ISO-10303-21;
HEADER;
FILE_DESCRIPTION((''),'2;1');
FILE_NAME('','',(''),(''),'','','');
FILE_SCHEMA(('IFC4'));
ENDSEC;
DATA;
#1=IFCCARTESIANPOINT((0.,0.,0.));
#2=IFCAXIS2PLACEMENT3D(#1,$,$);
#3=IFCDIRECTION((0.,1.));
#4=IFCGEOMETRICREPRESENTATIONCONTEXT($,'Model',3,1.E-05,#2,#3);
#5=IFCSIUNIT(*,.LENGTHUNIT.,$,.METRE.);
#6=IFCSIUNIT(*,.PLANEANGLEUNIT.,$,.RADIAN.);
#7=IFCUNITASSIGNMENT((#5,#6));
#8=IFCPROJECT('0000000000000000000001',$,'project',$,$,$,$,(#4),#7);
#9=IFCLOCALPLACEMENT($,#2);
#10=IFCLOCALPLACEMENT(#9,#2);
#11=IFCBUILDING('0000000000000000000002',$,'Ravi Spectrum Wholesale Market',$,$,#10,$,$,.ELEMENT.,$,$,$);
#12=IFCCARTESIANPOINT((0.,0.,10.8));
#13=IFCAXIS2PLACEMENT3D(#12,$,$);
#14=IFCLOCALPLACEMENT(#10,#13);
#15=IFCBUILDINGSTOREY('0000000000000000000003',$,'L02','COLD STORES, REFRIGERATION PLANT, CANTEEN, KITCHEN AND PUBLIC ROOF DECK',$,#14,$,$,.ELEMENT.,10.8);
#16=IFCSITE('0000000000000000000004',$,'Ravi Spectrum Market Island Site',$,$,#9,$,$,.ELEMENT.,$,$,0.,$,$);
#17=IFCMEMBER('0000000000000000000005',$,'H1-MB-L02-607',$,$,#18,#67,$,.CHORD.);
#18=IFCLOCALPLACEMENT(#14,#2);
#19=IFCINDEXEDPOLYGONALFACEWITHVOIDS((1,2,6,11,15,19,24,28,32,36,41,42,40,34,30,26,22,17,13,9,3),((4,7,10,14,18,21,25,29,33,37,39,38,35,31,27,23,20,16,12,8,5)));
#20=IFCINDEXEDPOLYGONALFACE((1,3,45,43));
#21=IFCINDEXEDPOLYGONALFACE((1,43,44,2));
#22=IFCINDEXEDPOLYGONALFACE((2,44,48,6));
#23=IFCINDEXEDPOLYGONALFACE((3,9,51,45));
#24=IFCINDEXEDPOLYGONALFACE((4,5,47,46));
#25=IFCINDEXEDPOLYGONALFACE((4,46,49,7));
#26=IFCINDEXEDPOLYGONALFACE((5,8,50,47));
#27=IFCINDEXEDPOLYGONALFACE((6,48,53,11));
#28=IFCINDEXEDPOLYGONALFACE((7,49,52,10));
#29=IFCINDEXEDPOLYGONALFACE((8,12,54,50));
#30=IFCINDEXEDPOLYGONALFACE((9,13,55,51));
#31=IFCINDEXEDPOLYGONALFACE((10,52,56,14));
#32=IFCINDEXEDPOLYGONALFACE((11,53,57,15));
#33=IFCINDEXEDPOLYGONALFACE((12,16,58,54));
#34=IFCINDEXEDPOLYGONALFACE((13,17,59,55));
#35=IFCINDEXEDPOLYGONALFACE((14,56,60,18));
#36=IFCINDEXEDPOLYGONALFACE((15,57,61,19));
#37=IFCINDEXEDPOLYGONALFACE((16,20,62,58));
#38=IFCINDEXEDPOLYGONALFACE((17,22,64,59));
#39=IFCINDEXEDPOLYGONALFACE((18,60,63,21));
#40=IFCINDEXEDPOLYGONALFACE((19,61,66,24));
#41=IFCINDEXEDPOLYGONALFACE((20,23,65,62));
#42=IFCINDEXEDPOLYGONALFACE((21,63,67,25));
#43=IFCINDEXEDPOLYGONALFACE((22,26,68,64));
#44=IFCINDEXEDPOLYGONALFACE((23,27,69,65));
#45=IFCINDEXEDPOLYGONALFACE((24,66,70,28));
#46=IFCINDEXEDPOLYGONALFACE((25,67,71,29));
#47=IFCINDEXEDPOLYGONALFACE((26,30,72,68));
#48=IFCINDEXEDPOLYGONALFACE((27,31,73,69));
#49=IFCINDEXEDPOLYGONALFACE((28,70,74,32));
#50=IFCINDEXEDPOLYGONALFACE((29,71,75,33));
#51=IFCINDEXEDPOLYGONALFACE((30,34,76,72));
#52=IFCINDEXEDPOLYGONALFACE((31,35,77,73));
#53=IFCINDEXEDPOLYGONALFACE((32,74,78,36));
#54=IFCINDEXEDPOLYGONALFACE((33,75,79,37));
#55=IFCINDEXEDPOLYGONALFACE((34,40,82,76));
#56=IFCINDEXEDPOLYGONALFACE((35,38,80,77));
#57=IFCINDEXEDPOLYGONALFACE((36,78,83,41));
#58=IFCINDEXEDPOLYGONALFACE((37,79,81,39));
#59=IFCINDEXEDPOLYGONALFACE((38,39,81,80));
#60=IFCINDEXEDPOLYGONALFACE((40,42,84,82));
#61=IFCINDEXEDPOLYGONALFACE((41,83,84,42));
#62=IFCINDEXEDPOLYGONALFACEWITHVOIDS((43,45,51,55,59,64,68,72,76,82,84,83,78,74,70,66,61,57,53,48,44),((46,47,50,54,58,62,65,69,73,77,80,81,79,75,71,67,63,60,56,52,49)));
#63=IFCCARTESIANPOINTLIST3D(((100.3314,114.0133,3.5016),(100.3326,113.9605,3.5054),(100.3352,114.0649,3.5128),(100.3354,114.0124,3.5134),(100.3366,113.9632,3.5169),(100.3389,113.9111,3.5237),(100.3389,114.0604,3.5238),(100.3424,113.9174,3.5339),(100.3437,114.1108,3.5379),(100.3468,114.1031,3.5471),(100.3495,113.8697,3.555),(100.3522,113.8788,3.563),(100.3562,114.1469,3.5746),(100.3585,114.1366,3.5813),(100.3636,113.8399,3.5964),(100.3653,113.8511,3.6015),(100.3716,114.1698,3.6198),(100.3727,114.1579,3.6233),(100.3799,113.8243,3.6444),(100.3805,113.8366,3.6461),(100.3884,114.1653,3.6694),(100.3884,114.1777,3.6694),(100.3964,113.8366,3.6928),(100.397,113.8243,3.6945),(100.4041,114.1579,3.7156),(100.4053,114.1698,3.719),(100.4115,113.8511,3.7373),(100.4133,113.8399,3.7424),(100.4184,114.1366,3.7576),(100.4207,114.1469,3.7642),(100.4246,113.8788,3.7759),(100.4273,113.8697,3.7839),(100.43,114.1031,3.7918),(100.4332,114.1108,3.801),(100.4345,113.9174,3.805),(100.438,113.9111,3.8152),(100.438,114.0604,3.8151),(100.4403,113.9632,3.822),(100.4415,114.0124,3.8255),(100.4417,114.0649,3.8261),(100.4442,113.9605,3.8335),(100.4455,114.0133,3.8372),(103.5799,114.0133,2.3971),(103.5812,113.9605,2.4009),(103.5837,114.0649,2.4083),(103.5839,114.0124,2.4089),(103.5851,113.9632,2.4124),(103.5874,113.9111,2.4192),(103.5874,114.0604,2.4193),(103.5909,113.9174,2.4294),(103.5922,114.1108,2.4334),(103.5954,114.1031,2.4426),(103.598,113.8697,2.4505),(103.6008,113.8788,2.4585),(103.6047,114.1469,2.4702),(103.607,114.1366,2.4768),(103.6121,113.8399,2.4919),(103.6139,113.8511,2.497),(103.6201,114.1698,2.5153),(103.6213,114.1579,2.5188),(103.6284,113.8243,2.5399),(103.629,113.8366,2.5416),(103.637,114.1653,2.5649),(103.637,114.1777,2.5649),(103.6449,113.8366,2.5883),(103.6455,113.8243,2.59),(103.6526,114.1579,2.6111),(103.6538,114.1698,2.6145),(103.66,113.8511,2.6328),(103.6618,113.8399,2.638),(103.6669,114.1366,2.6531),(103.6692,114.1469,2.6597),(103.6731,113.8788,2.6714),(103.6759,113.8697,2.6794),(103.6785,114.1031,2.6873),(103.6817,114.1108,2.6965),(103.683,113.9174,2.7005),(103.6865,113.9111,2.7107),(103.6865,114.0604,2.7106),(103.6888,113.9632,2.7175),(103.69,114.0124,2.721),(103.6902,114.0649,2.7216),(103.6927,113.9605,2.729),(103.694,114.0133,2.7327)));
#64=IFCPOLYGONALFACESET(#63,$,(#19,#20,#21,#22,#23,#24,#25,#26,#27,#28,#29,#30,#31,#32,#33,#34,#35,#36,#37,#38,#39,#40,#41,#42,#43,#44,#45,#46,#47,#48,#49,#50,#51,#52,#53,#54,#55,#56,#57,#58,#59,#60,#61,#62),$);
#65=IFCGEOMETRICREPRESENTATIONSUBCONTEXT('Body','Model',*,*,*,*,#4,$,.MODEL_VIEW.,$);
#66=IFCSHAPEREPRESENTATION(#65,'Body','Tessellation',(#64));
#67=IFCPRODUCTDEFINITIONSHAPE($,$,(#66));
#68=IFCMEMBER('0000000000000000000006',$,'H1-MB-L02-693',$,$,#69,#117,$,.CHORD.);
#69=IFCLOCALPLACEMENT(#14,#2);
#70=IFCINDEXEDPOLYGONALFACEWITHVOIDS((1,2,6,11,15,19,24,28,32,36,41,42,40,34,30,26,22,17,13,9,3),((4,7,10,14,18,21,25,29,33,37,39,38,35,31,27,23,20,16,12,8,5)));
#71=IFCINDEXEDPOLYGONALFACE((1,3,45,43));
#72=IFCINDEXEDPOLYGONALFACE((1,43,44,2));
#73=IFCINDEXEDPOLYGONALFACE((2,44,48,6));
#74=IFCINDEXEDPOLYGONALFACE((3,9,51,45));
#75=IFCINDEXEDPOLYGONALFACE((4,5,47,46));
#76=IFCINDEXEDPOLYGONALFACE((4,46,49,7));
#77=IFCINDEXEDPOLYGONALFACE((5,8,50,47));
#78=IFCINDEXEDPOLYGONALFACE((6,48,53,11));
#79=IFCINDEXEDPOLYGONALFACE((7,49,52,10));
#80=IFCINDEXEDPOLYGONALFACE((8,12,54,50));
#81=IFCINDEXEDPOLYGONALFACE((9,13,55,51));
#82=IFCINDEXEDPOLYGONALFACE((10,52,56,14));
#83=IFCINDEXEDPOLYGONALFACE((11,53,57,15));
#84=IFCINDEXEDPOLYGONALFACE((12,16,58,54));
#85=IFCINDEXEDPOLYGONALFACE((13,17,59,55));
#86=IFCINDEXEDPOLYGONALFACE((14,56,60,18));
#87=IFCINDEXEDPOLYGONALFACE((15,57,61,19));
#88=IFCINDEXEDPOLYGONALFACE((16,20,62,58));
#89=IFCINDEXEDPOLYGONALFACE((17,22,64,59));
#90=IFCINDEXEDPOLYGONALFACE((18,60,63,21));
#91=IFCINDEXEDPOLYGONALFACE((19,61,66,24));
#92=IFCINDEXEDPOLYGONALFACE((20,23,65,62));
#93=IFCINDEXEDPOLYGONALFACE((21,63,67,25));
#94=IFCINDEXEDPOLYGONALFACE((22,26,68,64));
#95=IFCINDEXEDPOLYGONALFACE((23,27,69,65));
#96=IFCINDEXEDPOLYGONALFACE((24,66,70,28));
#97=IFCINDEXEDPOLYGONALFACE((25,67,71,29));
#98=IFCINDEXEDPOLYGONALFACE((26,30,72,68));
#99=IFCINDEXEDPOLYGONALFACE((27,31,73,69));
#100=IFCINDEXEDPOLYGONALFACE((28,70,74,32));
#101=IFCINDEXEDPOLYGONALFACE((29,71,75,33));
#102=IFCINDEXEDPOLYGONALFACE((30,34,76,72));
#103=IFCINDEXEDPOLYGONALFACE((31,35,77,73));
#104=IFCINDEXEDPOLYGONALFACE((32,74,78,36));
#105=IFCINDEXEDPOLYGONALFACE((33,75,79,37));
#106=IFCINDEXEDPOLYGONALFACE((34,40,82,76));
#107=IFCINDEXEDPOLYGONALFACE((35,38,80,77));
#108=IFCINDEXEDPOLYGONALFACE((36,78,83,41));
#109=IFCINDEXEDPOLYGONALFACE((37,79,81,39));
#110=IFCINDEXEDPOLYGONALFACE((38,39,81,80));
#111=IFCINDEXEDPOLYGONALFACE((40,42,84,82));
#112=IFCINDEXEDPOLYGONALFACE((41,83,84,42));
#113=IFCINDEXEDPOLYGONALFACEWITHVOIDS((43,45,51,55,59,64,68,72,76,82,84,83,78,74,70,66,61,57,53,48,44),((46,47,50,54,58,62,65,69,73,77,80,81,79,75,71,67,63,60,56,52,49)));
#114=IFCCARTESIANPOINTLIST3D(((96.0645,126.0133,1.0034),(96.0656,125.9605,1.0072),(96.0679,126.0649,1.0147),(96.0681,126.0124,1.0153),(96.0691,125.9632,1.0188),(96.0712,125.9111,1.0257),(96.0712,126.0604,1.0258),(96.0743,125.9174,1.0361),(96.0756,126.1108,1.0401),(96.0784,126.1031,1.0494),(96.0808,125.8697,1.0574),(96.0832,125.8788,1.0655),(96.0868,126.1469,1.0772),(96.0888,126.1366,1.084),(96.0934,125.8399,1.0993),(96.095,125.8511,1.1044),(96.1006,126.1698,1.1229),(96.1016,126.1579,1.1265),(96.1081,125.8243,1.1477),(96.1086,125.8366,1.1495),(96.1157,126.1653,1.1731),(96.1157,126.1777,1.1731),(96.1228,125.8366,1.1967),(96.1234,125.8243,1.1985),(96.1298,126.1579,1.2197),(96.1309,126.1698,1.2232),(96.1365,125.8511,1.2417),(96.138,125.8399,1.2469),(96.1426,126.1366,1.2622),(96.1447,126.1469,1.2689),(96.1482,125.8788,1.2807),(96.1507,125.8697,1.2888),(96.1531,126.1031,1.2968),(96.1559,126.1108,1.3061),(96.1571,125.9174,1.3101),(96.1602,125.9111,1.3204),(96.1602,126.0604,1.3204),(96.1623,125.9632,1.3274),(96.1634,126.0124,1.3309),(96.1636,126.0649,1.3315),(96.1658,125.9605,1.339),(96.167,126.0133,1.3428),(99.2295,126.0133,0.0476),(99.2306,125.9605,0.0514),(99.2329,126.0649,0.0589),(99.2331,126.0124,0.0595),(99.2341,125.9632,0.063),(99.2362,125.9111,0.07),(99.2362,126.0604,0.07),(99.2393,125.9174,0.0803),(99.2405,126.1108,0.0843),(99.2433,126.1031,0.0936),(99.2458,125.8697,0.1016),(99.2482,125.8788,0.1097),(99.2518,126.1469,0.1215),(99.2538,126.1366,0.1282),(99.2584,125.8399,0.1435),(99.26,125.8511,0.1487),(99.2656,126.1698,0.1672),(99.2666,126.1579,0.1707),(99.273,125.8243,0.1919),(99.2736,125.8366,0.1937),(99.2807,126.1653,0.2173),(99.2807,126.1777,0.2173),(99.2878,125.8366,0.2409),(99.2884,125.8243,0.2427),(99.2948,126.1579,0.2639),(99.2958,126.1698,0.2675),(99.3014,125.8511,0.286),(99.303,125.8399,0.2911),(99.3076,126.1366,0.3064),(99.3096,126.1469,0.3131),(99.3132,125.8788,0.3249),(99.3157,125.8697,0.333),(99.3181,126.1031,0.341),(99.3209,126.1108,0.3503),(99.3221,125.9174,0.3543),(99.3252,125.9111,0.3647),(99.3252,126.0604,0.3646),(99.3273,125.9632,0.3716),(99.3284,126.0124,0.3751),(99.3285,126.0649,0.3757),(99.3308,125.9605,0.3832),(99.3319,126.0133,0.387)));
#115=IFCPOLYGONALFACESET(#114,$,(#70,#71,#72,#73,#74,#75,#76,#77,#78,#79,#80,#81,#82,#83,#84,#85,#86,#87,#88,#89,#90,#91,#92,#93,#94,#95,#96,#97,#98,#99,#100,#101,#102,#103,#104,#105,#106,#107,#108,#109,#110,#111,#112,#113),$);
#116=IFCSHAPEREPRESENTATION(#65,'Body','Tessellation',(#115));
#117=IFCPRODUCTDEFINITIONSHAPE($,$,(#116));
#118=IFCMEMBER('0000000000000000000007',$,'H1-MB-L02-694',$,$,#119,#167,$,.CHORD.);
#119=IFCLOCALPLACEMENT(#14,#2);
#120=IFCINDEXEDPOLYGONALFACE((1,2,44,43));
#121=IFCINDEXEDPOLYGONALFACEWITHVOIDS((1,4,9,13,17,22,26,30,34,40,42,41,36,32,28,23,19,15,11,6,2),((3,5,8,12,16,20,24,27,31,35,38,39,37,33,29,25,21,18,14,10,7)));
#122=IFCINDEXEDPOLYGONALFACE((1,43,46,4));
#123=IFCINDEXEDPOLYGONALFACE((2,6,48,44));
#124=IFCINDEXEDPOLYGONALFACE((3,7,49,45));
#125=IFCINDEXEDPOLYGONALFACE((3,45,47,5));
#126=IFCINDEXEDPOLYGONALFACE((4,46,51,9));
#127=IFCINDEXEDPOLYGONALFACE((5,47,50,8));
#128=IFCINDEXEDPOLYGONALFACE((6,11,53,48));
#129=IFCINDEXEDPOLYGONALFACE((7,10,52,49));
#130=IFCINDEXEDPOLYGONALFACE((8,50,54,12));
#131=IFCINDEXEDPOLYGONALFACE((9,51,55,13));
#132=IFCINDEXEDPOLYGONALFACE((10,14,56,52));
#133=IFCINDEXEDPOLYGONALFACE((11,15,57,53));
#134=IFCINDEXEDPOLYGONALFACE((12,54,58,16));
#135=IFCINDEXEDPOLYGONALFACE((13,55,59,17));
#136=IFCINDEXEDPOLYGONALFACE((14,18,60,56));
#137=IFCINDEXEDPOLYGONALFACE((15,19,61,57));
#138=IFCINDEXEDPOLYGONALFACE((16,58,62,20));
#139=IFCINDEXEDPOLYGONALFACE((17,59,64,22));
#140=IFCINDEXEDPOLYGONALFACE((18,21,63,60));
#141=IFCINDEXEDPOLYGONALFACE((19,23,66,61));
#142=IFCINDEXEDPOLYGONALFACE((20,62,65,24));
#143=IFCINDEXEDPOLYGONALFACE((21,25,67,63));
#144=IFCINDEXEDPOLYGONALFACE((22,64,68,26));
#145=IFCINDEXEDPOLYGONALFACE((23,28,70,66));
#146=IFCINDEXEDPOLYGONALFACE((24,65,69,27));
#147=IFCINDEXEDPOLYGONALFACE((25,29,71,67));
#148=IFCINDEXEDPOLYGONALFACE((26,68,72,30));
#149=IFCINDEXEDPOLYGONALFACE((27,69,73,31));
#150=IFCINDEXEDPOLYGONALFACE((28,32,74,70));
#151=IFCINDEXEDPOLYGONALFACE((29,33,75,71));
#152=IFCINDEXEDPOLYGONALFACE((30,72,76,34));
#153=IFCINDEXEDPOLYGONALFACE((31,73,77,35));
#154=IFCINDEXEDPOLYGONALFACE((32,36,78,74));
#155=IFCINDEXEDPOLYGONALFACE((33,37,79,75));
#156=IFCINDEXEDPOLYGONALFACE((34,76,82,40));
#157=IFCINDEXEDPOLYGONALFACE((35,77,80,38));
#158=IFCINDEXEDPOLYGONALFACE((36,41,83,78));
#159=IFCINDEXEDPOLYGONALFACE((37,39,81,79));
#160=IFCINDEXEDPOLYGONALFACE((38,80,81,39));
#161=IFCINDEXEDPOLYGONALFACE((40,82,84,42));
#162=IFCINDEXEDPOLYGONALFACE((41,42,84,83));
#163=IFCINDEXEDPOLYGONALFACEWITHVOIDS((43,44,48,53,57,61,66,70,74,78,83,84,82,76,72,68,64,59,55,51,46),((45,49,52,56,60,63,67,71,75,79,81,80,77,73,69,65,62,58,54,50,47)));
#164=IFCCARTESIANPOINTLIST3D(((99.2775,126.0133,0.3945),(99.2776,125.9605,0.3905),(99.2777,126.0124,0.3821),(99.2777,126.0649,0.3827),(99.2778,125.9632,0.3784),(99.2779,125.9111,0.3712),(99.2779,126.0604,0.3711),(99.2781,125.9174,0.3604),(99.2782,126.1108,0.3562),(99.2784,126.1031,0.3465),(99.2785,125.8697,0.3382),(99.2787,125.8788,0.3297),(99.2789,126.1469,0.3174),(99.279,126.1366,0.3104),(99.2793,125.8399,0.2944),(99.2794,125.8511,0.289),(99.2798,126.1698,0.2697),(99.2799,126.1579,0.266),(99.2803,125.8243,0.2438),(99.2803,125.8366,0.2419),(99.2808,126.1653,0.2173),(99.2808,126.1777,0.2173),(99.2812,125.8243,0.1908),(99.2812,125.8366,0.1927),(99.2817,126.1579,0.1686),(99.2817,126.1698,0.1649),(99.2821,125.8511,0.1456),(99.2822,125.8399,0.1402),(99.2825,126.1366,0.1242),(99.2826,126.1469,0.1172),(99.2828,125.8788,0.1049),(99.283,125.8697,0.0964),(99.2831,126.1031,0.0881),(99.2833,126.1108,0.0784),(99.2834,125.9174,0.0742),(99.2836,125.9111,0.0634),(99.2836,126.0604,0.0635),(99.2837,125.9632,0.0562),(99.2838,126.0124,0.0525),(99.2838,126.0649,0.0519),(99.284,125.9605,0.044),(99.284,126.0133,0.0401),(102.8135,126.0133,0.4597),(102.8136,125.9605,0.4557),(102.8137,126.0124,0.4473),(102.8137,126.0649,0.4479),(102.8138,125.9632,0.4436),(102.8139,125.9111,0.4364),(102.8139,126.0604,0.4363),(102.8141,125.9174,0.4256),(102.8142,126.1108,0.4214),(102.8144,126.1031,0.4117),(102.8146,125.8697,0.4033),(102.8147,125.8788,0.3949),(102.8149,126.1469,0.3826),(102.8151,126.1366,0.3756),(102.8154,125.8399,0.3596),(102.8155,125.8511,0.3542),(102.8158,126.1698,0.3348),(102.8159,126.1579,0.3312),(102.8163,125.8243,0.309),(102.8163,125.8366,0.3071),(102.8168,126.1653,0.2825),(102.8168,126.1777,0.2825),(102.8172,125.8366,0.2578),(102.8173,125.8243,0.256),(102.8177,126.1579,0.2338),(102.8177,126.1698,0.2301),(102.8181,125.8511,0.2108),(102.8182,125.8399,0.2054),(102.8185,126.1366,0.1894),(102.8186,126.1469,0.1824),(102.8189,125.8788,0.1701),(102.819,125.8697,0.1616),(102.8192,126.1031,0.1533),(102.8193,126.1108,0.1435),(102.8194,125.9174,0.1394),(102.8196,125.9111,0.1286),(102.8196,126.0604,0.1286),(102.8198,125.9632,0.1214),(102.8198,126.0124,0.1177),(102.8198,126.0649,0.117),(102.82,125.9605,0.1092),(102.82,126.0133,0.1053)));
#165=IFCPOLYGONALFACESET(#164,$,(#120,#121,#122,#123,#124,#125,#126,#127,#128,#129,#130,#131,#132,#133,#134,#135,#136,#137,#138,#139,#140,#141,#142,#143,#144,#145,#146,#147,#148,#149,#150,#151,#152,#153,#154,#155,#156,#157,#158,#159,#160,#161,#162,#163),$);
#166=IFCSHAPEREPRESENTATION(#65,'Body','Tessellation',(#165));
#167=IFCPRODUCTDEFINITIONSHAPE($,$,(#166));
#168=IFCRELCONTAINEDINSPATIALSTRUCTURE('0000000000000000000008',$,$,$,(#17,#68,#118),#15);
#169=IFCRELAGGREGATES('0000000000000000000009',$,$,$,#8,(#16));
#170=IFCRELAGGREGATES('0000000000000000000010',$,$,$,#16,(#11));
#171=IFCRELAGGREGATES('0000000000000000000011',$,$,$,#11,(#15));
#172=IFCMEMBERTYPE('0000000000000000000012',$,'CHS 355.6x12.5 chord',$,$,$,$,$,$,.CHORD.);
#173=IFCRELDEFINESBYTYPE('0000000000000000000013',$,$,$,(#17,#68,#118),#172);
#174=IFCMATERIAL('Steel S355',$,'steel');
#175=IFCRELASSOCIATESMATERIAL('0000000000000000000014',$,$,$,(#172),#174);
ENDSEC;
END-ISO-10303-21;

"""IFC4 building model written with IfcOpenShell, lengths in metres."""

from ifc_helpers import new_model, si_unit, direction, frame, origin, origin_2d, place, context, subcontext, project, spatial, hollow_circle, extrude, material, material_profile, profile_set, type_object, element, save


model = new_model("IFC4")

# Units and contexts
model_context = context("Model", 3, precision=1e-05, world=origin(), true_north=direction((0.0, 1.0)))
body_context = subcontext(model_context, "Body", "Model", "MODEL_VIEW")
ifc_project = project(units=[si_unit("LENGTHUNIT", "METRE"), si_unit("PLANEANGLEUNIT", "RADIAN")], contexts=[model_context])

# Site, building, storey
site_placement = place(None, origin())
site = spatial("IfcSite", under=ifc_project, at=site_placement, Name="Ravi Spectrum Market Island Site", CompositionType="ELEMENT", RefElevation=0.0)
building_placement = place(site_placement, origin())
building = spatial("IfcBuilding", under=site, at=building_placement, Name="Ravi Spectrum Wholesale Market", CompositionType="ELEMENT")
storey_placement = place(building_placement, frame((0.0, 0.0, 10.8)))
storey = spatial("IfcBuildingStorey", under=building, at=storey_placement, Name="L02", Description="COLD STORES, REFRIGERATION PLANT, CANTEEN, KITCHEN AND PUBLIC ROOF DECK", CompositionType="ELEMENT", Elevation=10.8)

# Members
ifc_material_1 = material(Name="Steel S355", Category="steel")
ifc_material_profile_1 = material_profile(ifc_material_1, hollow_circle(Radius=0.1777, WallThickness=0.0125, at=origin_2d()))
ifc_profile_set_1 = profile_set([ifc_material_profile_1], Name="Steel S355")
member_type_1 = type_object("IfcMemberType", Name="CHS 355.6x12.5 chord", PredefinedType="CHORD", material=ifc_profile_set_1)
member_1_placement = place(storey_placement, frame((100.3884, 114.0, 3.6694), z_axis=(0.946774, 0.0, -0.3219), x_axis=(0.0, 1.0, 0.0)))
element("IfcMember", 1, at=member_1_placement, inside=storey, type_object=member_type_1, Name="H1-MB-L02-607", PredefinedType="CHORD", context=body_context, shape_type="SweptSolid", body=[
    extrude(hollow_circle(Radius=0.1777, WallThickness=0.0125, at=origin_2d()), origin(), (0.0, 0.0, 1.0), 3.4312),
])
member_2_placement = place(storey_placement, frame((96.1157, 126.0, 1.1731), z_axis=(0.9573, 0.0, -0.289095), x_axis=(0.0, 1.0, 0.0)))
element("IfcMember", 2, at=member_2_placement, inside=storey, type_object=member_type_1, Name="H1-MB-L02-693", PredefinedType="CHORD", context=body_context, shape_type="SweptSolid", body=[
    extrude(hollow_circle(Radius=0.1777, WallThickness=0.0125, at=origin_2d()), origin(), (0.0, 0.0, 1.0), 3.3062),
])
member_3_placement = place(storey_placement, frame((99.2808, 126.0, 0.2173), z_axis=(0.99983, 0.0, 0.018431), x_axis=(0.0, 1.0, 0.0)))
element("IfcMember", 3, at=member_3_placement, inside=storey, type_object=member_type_1, Name="H1-MB-L02-694", PredefinedType="CHORD", context=body_context, shape_type="SweptSolid", body=[
    extrude(hollow_circle(Radius=0.1777, WallThickness=0.0125, at=origin_2d()), origin(), (0.0, 0.0, 1.0), 3.5366),
])

save(model, "model.ifc")
